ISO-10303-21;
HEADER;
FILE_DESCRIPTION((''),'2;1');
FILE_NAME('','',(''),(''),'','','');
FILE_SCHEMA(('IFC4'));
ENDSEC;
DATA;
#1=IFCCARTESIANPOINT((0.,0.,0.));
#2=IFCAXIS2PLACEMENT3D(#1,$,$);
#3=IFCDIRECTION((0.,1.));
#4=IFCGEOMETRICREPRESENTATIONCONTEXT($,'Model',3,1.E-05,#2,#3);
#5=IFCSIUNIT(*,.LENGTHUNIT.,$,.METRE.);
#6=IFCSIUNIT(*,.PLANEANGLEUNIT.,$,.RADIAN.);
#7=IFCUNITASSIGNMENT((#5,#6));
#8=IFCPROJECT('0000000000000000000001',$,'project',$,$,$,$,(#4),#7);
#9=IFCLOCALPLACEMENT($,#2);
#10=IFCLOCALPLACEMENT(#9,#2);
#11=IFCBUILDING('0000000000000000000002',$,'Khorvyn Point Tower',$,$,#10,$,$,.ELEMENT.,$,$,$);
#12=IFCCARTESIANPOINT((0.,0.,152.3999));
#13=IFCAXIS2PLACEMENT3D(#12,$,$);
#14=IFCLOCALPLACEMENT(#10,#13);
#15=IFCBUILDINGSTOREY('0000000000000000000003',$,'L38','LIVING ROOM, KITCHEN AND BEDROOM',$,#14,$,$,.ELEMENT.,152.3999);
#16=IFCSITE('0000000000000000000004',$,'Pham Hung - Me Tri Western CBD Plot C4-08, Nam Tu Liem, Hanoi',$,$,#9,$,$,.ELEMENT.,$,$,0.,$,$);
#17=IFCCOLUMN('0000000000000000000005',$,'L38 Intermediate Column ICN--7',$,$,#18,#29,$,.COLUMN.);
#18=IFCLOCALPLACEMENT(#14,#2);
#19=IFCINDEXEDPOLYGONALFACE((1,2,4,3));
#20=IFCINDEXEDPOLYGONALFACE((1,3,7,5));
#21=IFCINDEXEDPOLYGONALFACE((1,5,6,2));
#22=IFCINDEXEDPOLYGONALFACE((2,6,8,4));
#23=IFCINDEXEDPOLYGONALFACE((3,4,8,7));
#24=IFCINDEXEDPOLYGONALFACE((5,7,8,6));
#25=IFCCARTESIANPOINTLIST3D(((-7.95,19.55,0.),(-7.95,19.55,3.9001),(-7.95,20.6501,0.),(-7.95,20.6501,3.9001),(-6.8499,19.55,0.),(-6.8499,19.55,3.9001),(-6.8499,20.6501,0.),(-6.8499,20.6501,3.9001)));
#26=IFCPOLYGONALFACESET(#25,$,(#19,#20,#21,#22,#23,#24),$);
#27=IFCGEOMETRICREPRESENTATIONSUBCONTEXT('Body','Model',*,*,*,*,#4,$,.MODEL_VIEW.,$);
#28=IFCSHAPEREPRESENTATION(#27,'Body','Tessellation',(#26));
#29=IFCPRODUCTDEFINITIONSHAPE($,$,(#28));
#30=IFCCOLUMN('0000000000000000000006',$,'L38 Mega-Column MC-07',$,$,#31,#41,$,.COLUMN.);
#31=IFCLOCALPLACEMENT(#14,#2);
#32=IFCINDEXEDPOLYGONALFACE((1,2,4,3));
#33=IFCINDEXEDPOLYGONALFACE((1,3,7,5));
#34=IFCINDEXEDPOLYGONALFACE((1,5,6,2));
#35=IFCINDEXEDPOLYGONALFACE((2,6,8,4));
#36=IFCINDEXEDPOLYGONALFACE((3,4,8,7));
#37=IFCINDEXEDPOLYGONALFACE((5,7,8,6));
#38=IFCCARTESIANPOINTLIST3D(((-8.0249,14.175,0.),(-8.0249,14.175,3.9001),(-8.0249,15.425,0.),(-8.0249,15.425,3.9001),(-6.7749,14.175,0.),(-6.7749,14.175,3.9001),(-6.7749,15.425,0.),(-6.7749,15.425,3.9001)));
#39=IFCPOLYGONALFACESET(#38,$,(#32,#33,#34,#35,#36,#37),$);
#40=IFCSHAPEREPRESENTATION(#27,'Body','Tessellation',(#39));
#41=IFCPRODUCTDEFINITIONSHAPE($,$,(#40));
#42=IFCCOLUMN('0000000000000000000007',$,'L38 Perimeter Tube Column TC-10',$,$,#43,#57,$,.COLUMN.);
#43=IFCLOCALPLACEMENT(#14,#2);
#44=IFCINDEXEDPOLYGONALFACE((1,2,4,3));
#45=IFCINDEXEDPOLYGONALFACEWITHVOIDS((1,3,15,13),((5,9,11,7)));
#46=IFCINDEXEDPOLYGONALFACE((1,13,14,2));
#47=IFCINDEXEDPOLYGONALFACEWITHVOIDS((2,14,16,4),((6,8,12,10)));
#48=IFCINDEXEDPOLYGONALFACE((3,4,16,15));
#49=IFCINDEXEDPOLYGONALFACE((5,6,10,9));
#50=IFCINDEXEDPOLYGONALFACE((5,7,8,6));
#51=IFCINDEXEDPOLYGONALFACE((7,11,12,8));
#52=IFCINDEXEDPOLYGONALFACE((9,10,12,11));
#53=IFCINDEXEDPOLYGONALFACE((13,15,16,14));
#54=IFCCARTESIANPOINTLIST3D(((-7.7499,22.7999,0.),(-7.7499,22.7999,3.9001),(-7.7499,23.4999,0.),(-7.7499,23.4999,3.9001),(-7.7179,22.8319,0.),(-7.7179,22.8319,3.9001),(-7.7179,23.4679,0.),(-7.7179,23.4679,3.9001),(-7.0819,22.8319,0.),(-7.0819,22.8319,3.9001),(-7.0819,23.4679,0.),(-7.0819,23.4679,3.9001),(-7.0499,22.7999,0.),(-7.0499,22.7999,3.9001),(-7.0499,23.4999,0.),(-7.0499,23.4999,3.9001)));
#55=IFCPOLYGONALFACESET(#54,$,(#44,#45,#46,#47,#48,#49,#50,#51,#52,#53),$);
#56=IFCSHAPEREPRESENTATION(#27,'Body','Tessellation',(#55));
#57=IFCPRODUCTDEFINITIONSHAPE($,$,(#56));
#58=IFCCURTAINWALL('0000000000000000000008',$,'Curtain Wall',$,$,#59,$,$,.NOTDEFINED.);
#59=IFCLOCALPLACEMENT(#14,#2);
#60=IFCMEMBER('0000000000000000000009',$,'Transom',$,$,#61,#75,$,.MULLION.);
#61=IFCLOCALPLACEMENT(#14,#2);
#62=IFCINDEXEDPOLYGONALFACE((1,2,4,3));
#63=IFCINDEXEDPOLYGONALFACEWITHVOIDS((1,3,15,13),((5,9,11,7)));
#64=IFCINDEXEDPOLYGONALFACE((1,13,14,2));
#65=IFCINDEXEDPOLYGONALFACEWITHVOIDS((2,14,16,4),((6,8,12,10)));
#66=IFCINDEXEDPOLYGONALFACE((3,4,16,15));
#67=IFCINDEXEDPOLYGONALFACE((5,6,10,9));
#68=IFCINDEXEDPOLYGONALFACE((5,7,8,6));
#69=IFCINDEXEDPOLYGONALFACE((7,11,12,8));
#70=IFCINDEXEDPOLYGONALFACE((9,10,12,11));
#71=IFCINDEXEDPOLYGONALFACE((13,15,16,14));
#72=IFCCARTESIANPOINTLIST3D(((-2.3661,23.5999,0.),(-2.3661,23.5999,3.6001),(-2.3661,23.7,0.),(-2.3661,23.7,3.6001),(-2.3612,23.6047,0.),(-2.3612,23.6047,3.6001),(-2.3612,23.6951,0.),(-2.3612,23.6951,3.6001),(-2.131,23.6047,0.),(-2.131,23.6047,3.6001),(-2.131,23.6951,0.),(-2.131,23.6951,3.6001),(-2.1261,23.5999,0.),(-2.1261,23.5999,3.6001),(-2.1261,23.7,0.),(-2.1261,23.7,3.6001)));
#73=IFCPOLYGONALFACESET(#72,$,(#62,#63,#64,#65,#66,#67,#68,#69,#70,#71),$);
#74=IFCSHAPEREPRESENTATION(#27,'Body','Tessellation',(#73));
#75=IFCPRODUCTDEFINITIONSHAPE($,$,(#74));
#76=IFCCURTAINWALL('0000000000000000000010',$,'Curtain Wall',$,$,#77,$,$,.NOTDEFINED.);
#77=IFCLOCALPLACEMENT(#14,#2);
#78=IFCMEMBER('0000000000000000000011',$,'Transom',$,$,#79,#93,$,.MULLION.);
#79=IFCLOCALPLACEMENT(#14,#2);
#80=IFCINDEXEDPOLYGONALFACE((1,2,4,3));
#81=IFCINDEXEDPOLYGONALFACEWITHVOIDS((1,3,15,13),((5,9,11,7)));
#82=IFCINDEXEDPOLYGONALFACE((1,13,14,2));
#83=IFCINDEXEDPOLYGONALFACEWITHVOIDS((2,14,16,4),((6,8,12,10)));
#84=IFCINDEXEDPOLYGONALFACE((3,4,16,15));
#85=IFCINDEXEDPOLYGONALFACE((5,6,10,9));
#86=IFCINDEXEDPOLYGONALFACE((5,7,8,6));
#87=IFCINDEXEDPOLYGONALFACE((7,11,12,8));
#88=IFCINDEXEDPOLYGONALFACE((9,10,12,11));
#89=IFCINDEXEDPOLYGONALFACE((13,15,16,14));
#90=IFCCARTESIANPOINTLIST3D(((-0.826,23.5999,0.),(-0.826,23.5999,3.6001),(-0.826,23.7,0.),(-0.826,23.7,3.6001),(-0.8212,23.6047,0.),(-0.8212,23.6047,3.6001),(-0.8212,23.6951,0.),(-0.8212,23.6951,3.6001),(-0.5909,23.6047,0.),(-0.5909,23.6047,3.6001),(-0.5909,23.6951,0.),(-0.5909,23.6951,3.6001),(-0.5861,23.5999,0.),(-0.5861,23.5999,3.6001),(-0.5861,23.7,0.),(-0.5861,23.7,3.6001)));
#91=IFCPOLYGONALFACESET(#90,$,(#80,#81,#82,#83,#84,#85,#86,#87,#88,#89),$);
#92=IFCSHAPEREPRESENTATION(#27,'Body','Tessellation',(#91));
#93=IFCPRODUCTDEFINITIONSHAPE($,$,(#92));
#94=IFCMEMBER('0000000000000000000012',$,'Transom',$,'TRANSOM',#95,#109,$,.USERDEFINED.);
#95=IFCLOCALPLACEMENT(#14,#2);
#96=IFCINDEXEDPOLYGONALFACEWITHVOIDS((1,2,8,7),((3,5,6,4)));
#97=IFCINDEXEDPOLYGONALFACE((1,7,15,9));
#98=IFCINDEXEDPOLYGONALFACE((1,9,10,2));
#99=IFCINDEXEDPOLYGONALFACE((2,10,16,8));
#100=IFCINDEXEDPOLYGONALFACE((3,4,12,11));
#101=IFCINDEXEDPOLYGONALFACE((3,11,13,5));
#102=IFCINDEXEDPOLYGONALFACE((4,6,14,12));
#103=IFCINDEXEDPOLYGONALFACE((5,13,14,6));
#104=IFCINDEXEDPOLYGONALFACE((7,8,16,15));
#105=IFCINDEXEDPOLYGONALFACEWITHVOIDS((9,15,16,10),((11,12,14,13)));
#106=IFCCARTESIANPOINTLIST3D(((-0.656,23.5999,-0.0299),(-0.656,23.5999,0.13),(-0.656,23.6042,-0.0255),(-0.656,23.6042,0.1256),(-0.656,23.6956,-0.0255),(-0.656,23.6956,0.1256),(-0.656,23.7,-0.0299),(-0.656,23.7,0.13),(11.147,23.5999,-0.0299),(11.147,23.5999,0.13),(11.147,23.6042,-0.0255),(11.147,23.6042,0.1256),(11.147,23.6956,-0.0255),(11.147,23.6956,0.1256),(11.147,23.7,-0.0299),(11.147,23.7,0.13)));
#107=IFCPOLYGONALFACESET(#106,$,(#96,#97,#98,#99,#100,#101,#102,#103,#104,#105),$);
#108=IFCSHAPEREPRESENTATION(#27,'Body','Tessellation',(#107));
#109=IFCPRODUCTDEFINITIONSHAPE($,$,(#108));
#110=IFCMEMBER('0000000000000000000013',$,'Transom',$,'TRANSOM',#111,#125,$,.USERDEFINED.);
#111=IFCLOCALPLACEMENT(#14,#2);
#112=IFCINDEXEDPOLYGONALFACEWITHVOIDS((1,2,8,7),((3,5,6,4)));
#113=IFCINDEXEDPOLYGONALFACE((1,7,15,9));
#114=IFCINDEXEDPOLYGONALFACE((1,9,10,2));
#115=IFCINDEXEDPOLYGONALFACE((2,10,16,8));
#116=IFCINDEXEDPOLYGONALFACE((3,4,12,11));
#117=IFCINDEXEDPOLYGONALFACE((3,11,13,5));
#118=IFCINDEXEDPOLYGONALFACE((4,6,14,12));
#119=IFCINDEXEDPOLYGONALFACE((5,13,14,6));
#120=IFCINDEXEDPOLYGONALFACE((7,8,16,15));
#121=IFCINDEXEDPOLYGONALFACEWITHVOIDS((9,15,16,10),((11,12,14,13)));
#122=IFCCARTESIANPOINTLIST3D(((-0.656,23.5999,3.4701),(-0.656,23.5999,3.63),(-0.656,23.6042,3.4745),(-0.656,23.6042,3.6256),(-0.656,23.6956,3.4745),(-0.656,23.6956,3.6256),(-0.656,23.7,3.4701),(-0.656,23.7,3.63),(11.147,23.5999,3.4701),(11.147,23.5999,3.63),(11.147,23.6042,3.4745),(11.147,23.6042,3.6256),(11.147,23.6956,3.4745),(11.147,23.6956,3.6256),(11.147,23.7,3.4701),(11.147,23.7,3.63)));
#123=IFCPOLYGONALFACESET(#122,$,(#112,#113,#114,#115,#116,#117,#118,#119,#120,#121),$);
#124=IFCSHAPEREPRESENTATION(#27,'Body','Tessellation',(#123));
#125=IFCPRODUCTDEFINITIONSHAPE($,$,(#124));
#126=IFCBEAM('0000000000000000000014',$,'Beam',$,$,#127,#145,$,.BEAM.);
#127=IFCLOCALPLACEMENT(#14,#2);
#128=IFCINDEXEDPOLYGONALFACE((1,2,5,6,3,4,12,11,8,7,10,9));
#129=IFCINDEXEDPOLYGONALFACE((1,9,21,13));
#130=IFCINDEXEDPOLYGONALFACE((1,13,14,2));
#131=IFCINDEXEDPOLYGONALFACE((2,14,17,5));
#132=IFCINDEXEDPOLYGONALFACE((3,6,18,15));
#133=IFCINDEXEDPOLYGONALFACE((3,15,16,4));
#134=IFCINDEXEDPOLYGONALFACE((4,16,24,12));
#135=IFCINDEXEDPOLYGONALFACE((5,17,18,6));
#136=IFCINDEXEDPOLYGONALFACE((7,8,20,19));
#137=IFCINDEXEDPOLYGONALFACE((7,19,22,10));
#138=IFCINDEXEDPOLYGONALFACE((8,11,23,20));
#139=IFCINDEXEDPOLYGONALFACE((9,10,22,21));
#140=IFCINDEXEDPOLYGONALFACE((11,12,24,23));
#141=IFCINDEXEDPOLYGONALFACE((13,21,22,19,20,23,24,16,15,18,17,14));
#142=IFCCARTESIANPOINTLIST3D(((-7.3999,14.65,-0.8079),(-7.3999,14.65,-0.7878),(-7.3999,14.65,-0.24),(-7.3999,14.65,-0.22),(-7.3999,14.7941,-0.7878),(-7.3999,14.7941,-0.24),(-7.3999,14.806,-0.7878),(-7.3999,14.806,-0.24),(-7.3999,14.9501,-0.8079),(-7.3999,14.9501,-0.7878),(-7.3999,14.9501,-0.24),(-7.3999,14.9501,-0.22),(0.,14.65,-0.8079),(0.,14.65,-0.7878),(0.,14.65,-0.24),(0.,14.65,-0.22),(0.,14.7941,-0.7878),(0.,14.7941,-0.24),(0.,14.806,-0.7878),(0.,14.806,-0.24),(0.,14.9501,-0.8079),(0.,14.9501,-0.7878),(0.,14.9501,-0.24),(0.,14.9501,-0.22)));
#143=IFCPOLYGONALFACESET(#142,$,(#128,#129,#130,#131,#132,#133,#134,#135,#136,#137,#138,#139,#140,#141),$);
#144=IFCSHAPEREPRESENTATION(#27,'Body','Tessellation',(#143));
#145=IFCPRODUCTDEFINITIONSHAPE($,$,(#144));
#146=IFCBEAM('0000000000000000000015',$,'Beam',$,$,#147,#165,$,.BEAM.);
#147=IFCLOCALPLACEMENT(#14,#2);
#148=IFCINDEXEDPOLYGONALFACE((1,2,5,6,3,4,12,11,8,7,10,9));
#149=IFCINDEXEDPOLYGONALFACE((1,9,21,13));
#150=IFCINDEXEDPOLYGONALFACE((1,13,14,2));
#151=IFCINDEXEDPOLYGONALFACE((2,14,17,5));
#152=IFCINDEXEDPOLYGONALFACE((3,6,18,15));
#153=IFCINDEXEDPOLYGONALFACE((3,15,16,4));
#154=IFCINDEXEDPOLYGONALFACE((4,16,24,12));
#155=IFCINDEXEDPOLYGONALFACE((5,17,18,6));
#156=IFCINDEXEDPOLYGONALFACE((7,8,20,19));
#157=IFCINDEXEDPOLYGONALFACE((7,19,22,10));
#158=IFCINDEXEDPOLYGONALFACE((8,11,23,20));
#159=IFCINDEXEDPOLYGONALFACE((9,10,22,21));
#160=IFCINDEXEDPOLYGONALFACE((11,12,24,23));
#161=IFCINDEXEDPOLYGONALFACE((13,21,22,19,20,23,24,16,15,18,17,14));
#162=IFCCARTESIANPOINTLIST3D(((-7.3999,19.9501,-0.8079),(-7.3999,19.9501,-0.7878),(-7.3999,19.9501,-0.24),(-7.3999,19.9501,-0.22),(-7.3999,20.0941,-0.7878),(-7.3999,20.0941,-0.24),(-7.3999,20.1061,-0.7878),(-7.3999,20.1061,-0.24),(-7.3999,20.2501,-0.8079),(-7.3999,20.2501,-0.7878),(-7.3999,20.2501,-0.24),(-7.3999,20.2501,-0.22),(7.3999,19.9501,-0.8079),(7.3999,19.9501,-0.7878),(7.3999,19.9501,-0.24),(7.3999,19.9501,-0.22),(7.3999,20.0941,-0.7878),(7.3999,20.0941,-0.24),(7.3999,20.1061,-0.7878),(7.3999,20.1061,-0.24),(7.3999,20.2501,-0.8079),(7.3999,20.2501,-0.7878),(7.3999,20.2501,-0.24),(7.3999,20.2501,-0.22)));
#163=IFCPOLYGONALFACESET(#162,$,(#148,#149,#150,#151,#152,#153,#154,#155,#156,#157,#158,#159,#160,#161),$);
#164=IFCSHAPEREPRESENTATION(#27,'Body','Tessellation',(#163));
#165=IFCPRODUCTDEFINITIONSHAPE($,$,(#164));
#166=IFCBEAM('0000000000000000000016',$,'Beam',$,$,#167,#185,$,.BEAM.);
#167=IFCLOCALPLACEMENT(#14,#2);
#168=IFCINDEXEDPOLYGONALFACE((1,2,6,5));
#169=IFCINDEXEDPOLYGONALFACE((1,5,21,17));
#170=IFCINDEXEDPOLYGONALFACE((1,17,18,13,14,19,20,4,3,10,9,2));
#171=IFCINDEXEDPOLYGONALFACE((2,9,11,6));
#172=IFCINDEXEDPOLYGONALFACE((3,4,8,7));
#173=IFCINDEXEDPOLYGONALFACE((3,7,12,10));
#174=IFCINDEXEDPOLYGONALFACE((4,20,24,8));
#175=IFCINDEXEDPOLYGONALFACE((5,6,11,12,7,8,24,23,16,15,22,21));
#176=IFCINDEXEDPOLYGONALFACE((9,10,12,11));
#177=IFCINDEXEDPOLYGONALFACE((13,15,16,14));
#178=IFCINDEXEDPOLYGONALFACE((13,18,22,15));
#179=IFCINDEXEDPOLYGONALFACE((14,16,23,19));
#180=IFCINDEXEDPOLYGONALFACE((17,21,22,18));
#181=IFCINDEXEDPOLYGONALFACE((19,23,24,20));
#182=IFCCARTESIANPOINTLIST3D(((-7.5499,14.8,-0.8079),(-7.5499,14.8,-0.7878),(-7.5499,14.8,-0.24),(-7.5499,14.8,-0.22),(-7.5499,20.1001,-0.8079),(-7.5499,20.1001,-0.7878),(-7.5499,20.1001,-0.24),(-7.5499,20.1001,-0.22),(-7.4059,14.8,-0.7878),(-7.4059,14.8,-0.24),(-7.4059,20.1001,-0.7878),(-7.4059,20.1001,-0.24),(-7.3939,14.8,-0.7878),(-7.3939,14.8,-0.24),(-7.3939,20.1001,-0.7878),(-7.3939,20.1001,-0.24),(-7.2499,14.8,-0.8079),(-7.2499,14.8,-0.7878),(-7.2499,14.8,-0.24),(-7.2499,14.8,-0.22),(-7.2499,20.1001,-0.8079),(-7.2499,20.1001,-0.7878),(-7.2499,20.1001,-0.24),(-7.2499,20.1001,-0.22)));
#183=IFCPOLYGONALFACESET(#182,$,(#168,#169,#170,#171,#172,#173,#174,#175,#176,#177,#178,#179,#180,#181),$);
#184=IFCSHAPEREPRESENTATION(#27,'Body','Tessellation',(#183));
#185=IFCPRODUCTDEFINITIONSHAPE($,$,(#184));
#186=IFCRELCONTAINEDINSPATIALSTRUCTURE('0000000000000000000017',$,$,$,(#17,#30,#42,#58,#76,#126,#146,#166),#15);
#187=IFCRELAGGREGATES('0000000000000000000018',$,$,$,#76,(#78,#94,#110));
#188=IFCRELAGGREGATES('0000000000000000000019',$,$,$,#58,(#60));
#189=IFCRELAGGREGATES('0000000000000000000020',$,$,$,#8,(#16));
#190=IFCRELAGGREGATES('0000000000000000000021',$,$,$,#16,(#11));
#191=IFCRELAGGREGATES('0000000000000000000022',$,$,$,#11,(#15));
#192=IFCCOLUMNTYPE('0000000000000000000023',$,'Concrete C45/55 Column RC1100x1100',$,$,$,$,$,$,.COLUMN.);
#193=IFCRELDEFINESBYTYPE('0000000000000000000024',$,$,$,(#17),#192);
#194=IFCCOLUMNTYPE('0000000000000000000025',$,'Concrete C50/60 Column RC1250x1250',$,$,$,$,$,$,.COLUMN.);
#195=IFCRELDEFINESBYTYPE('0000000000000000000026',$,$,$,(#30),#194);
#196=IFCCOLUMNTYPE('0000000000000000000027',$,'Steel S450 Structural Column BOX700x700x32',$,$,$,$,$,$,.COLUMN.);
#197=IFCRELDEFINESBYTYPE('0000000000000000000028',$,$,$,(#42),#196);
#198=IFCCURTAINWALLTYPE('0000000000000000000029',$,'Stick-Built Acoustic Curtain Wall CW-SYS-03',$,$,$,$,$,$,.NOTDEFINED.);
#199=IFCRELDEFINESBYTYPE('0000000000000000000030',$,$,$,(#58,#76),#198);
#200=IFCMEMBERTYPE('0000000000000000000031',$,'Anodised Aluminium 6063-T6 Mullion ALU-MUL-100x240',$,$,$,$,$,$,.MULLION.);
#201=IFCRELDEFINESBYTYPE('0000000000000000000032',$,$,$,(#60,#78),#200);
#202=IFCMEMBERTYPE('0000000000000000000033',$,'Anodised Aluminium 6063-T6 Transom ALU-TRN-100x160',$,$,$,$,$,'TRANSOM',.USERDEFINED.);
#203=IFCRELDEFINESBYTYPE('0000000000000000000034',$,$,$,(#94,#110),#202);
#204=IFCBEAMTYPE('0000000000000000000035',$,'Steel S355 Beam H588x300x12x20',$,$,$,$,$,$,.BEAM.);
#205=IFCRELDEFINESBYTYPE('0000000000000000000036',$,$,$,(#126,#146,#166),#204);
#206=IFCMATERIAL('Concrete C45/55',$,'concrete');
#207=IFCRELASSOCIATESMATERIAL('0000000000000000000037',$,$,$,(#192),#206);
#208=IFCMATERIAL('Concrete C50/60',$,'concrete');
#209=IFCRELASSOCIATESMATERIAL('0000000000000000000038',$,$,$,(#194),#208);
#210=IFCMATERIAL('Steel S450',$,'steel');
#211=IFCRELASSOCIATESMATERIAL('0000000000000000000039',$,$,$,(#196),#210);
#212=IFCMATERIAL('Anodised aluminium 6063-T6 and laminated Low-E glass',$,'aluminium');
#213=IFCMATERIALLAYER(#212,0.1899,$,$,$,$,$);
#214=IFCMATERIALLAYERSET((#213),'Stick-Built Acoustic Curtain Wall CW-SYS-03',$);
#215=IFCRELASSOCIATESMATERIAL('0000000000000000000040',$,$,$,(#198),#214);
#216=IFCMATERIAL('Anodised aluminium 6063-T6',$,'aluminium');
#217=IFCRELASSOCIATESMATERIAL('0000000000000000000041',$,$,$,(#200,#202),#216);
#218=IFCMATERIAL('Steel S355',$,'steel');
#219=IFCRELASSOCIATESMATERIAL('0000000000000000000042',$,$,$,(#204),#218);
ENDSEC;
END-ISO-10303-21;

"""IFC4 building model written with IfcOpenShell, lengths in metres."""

from ifc_helpers import new_model, si_unit, direction, frame, origin, origin_2d, place, context, subcontext, project, spatial, rectangle, hollow_rectangle, i_section, extrude, material, layer, layer_set, material_profile, profile_set, type_object, element, aggregate, save


model = new_model("IFC4")

# Units and contexts
model_context = context("Model", 3, precision=1e-05, world=origin(), true_north=direction((0.0, 1.0)))
body_context = subcontext(model_context, "Body", "Model", "MODEL_VIEW")
ifc_project = project(units=[si_unit("LENGTHUNIT", "METRE"), si_unit("PLANEANGLEUNIT", "RADIAN")], contexts=[model_context])

# Site, building, storey
site_placement = place(None, origin())
site = spatial("IfcSite", under=ifc_project, at=site_placement, Name="Pham Hung - Me Tri Western CBD Plot C4-08, Nam Tu Liem, Hanoi", CompositionType="ELEMENT", RefElevation=0.0)
building_placement = place(site_placement, origin())
building = spatial("IfcBuilding", under=site, at=building_placement, Name="Khorvyn Point Tower", CompositionType="ELEMENT")
storey_placement = place(building_placement, frame((0.0, 0.0, 152.3999)))
storey = spatial("IfcBuildingStorey", under=building, at=storey_placement, Name="L38", Description="LIVING ROOM, KITCHEN AND BEDROOM", CompositionType="ELEMENT", Elevation=152.3999)

# Columns
ifc_material_1 = material(Name="Concrete C45/55", Category="concrete")
ifc_material_profile_1 = material_profile(ifc_material_1, rectangle(XDim=1.1001, YDim=1.1001, at=origin_2d()))
ifc_profile_set_1 = profile_set([ifc_material_profile_1], Name="Concrete C45/55 RC1100x1100")
column_type_1 = type_object("IfcColumnType", Name="Concrete C45/55 Column RC1100x1100", PredefinedType="COLUMN", material=ifc_profile_set_1)
column_1_placement = place(storey_placement, frame((-7.3999, 20.1001, 0.0), z_axis=(0.0, 0.0, 1.0), x_axis=(1.0, 0.0, 0.0)))
element("IfcColumn", 1, at=column_1_placement, inside=storey, type_object=column_type_1, Name="L38 Intermediate Column ICN--7", PredefinedType="COLUMN", context=body_context, shape_type="SweptSolid", body=[
    extrude(rectangle(XDim=1.1001, YDim=1.1001, at=origin_2d()), origin(), (0.0, 0.0, 1.0), 3.9001),
])
ifc_material_2 = material(Name="Concrete C50/60", Category="concrete")
ifc_material_profile_2 = material_profile(ifc_material_2, rectangle(XDim=1.25, YDim=1.25, at=origin_2d()))
ifc_profile_set_2 = profile_set([ifc_material_profile_2], Name="Concrete C50/60 RC1250x1250")
column_type_2 = type_object("IfcColumnType", Name="Concrete C50/60 Column RC1250x1250", PredefinedType="COLUMN", material=ifc_profile_set_2)
column_2_placement = place(storey_placement, frame((-7.3999, 14.8, 0.0), z_axis=(0.0, 0.0, 1.0), x_axis=(1.0, 0.0, 0.0)))
element("IfcColumn", 2, at=column_2_placement, inside=storey, type_object=column_type_2, Name="L38 Mega-Column MC-07", PredefinedType="COLUMN", context=body_context, shape_type="SweptSolid", body=[
    extrude(rectangle(XDim=1.25, YDim=1.25, at=origin_2d()), origin(), (0.0, 0.0, 1.0), 3.9001),
])
ifc_material_3 = material(Name="Steel S450", Category="steel")
ifc_material_profile_3 = material_profile(ifc_material_3, hollow_rectangle(XDim=0.7, YDim=0.7, WallThickness=0.032, at=origin_2d()))
ifc_profile_set_3 = profile_set([ifc_material_profile_3], Name="Steel S450 BOX700x700x32")
column_type_3 = type_object("IfcColumnType", Name="Steel S450 Structural Column BOX700x700x32", PredefinedType="COLUMN", material=ifc_profile_set_3)
column_3_placement = place(storey_placement, frame((-7.3999, 23.1499, 0.0), z_axis=(0.0, 0.0, 1.0), x_axis=(1.0, 0.0, 0.0)))
element("IfcColumn", 3, at=column_3_placement, inside=storey, type_object=column_type_3, Name="L38 Perimeter Tube Column TC-10", PredefinedType="COLUMN", context=body_context, shape_type="SweptSolid", body=[
    extrude(hollow_rectangle(XDim=0.7, YDim=0.7, WallThickness=0.032, at=origin_2d()), origin(), (0.0, 0.0, 1.0), 3.9001),
])

# Curtain wall, member
ifc_material_4 = material(Name="Anodised aluminium 6063-T6 and laminated Low-E glass", Category="aluminium")
ifc_layer_1 = layer(ifc_material_4, 0.1899)
ifc_layer_set_1 = layer_set([ifc_layer_1], Name="Stick-Built Acoustic Curtain Wall CW-SYS-03")
curtain_wall_type = type_object("IfcCurtainWallType", Name="Stick-Built Acoustic Curtain Wall CW-SYS-03", PredefinedType="NOTDEFINED", material=ifc_layer_set_1)
curtain_wall_1_placement = place(storey_placement, origin())
curtain_wall_1 = element("IfcCurtainWall", 4, at=curtain_wall_1_placement, inside=storey, type_object=curtain_wall_type, Name="Curtain Wall", PredefinedType="NOTDEFINED")
ifc_material_5 = material(Name="Anodised aluminium 6063-T6", Category="aluminium")
ifc_material_profile_4 = material_profile(ifc_material_5, hollow_rectangle(XDim=0.1001, YDim=0.24, WallThickness=0.0049, at=origin_2d()))
ifc_profile_set_4 = profile_set([ifc_material_profile_4], Name="Anodised aluminium 6063-T6 ALU-MUL-100x240")
member_type_1 = type_object("IfcMemberType", Name="Anodised Aluminium 6063-T6 Mullion ALU-MUL-100x240", PredefinedType="MULLION", material=ifc_profile_set_4)
member_1_placement = place(storey_placement, frame((-2.2461, 23.6499, 0.0), z_axis=(0.0, 0.0, 1.0), x_axis=(0.0, 1.0, 0.0)))
member_1 = element("IfcMember", 5, at=member_1_placement, type_object=member_type_1, Name="Transom", PredefinedType="MULLION", context=body_context, shape_type="SweptSolid", body=[
    extrude(hollow_rectangle(XDim=0.1001, YDim=0.24, WallThickness=0.0049, at=origin_2d()), origin(), (0.0, 0.0, 1.0), 3.6001),
])

# Curtain wall, members
curtain_wall_2_placement = place(storey_placement, origin())
curtain_wall_2 = element("IfcCurtainWall", 6, at=curtain_wall_2_placement, inside=storey, type_object=curtain_wall_type, Name="Curtain Wall", PredefinedType="NOTDEFINED")
member_2_placement = place(storey_placement, frame((-0.7061, 23.6499, 0.0), z_axis=(0.0, 0.0, 1.0), x_axis=(0.0, 1.0, 0.0)))
member_2 = element("IfcMember", 7, at=member_2_placement, type_object=member_type_1, Name="Transom", PredefinedType="MULLION", context=body_context, shape_type="SweptSolid", body=[
    extrude(hollow_rectangle(XDim=0.1001, YDim=0.24, WallThickness=0.0049, at=origin_2d()), origin(), (0.0, 0.0, 1.0), 3.6001),
])
ifc_material_profile_5 = material_profile(ifc_material_5, hollow_rectangle(XDim=0.1001, YDim=0.1599, WallThickness=0.0044, at=origin_2d()))
ifc_profile_set_5 = profile_set([ifc_material_profile_5], Name="Anodised aluminium 6063-T6 ALU-TRN-100x160")
member_type_2 = type_object("IfcMemberType", Name="Anodised Aluminium 6063-T6 Transom ALU-TRN-100x160", ElementType="TRANSOM", PredefinedType="USERDEFINED", material=ifc_profile_set_5)
member_3_placement = place(storey_placement, frame((-0.656, 23.6499, 0.05), z_axis=(1.0, 0.0, 0.0), x_axis=(0.0, 1.0, 0.0)))
member_3 = element("IfcMember", 8, at=member_3_placement, type_object=member_type_2, Name="Transom", ObjectType="TRANSOM", PredefinedType="USERDEFINED", context=body_context, shape_type="SweptSolid", body=[
    extrude(hollow_rectangle(XDim=0.1001, YDim=0.1599, WallThickness=0.0044, at=origin_2d()), origin(), (0.0, 0.0, 1.0), 11.803),
])
member_4_placement = place(storey_placement, frame((-0.656, 23.6499, 3.55), z_axis=(1.0, 0.0, 0.0), x_axis=(0.0, 1.0, 0.0)))
member_4 = element("IfcMember", 9, at=member_4_placement, type_object=member_type_2, Name="Transom", ObjectType="TRANSOM", PredefinedType="USERDEFINED", context=body_context, shape_type="SweptSolid", body=[
    extrude(hollow_rectangle(XDim=0.1001, YDim=0.1599, WallThickness=0.0044, at=origin_2d()), origin(), (0.0, 0.0, 1.0), 11.803),
])
aggregate(curtain_wall_2, [member_2, member_3, member_4])

# Beams
ifc_material_6 = material(Name="Steel S355", Category="steel")
ifc_material_profile_6 = material_profile(ifc_material_6, i_section(OverallWidth=0.3, OverallDepth=0.5879, WebThickness=0.012, FlangeThickness=0.02, at=origin_2d()))
ifc_profile_set_6 = profile_set([ifc_material_profile_6], Name="Steel S355 H588x300x12x20")
beam_type_1 = type_object("IfcBeamType", Name="Steel S355 Beam H588x300x12x20", PredefinedType="BEAM", material=ifc_profile_set_6)
beam_1_placement = place(storey_placement, frame((-7.3999, 14.8, -0.5139), z_axis=(1.0, 0.0, 0.0), x_axis=(0.0, 1.0, 0.0)))
element("IfcBeam", 10, at=beam_1_placement, inside=storey, type_object=beam_type_1, Name="Beam", PredefinedType="BEAM", context=body_context, shape_type="SweptSolid", body=[
    extrude(i_section(OverallWidth=0.3, OverallDepth=0.5879, WebThickness=0.012, FlangeThickness=0.02, at=origin_2d()), origin(), (0.0, 0.0, 1.0), 7.3999),
])
beam_2_placement = place(storey_placement, frame((-7.3999, 20.1001, -0.5139), z_axis=(1.0, 0.0, 0.0), x_axis=(0.0, 1.0, 0.0)))
element("IfcBeam", 11, at=beam_2_placement, inside=storey, type_object=beam_type_1, Name="Beam", PredefinedType="BEAM", context=body_context, shape_type="SweptSolid", body=[
    extrude(i_section(OverallWidth=0.3, OverallDepth=0.5879, WebThickness=0.012, FlangeThickness=0.02, at=origin_2d()), origin(), (0.0, 0.0, 1.0), 14.7998),
])
beam_3_placement = place(storey_placement, frame((-7.3999, 14.8, -0.5139), z_axis=(0.0, 1.0, 0.0), x_axis=(-1.0, 0.0, 0.0)))
element("IfcBeam", 12, at=beam_3_placement, inside=storey, type_object=beam_type_1, Name="Beam", PredefinedType="BEAM", context=body_context, shape_type="SweptSolid", body=[
    extrude(i_section(OverallWidth=0.3, OverallDepth=0.5879, WebThickness=0.012, FlangeThickness=0.02, at=origin_2d()), origin(), (0.0, 0.0, 1.0), 5.3),
])

aggregate(curtain_wall_1, [member_1])

save(model, "model.ifc")
